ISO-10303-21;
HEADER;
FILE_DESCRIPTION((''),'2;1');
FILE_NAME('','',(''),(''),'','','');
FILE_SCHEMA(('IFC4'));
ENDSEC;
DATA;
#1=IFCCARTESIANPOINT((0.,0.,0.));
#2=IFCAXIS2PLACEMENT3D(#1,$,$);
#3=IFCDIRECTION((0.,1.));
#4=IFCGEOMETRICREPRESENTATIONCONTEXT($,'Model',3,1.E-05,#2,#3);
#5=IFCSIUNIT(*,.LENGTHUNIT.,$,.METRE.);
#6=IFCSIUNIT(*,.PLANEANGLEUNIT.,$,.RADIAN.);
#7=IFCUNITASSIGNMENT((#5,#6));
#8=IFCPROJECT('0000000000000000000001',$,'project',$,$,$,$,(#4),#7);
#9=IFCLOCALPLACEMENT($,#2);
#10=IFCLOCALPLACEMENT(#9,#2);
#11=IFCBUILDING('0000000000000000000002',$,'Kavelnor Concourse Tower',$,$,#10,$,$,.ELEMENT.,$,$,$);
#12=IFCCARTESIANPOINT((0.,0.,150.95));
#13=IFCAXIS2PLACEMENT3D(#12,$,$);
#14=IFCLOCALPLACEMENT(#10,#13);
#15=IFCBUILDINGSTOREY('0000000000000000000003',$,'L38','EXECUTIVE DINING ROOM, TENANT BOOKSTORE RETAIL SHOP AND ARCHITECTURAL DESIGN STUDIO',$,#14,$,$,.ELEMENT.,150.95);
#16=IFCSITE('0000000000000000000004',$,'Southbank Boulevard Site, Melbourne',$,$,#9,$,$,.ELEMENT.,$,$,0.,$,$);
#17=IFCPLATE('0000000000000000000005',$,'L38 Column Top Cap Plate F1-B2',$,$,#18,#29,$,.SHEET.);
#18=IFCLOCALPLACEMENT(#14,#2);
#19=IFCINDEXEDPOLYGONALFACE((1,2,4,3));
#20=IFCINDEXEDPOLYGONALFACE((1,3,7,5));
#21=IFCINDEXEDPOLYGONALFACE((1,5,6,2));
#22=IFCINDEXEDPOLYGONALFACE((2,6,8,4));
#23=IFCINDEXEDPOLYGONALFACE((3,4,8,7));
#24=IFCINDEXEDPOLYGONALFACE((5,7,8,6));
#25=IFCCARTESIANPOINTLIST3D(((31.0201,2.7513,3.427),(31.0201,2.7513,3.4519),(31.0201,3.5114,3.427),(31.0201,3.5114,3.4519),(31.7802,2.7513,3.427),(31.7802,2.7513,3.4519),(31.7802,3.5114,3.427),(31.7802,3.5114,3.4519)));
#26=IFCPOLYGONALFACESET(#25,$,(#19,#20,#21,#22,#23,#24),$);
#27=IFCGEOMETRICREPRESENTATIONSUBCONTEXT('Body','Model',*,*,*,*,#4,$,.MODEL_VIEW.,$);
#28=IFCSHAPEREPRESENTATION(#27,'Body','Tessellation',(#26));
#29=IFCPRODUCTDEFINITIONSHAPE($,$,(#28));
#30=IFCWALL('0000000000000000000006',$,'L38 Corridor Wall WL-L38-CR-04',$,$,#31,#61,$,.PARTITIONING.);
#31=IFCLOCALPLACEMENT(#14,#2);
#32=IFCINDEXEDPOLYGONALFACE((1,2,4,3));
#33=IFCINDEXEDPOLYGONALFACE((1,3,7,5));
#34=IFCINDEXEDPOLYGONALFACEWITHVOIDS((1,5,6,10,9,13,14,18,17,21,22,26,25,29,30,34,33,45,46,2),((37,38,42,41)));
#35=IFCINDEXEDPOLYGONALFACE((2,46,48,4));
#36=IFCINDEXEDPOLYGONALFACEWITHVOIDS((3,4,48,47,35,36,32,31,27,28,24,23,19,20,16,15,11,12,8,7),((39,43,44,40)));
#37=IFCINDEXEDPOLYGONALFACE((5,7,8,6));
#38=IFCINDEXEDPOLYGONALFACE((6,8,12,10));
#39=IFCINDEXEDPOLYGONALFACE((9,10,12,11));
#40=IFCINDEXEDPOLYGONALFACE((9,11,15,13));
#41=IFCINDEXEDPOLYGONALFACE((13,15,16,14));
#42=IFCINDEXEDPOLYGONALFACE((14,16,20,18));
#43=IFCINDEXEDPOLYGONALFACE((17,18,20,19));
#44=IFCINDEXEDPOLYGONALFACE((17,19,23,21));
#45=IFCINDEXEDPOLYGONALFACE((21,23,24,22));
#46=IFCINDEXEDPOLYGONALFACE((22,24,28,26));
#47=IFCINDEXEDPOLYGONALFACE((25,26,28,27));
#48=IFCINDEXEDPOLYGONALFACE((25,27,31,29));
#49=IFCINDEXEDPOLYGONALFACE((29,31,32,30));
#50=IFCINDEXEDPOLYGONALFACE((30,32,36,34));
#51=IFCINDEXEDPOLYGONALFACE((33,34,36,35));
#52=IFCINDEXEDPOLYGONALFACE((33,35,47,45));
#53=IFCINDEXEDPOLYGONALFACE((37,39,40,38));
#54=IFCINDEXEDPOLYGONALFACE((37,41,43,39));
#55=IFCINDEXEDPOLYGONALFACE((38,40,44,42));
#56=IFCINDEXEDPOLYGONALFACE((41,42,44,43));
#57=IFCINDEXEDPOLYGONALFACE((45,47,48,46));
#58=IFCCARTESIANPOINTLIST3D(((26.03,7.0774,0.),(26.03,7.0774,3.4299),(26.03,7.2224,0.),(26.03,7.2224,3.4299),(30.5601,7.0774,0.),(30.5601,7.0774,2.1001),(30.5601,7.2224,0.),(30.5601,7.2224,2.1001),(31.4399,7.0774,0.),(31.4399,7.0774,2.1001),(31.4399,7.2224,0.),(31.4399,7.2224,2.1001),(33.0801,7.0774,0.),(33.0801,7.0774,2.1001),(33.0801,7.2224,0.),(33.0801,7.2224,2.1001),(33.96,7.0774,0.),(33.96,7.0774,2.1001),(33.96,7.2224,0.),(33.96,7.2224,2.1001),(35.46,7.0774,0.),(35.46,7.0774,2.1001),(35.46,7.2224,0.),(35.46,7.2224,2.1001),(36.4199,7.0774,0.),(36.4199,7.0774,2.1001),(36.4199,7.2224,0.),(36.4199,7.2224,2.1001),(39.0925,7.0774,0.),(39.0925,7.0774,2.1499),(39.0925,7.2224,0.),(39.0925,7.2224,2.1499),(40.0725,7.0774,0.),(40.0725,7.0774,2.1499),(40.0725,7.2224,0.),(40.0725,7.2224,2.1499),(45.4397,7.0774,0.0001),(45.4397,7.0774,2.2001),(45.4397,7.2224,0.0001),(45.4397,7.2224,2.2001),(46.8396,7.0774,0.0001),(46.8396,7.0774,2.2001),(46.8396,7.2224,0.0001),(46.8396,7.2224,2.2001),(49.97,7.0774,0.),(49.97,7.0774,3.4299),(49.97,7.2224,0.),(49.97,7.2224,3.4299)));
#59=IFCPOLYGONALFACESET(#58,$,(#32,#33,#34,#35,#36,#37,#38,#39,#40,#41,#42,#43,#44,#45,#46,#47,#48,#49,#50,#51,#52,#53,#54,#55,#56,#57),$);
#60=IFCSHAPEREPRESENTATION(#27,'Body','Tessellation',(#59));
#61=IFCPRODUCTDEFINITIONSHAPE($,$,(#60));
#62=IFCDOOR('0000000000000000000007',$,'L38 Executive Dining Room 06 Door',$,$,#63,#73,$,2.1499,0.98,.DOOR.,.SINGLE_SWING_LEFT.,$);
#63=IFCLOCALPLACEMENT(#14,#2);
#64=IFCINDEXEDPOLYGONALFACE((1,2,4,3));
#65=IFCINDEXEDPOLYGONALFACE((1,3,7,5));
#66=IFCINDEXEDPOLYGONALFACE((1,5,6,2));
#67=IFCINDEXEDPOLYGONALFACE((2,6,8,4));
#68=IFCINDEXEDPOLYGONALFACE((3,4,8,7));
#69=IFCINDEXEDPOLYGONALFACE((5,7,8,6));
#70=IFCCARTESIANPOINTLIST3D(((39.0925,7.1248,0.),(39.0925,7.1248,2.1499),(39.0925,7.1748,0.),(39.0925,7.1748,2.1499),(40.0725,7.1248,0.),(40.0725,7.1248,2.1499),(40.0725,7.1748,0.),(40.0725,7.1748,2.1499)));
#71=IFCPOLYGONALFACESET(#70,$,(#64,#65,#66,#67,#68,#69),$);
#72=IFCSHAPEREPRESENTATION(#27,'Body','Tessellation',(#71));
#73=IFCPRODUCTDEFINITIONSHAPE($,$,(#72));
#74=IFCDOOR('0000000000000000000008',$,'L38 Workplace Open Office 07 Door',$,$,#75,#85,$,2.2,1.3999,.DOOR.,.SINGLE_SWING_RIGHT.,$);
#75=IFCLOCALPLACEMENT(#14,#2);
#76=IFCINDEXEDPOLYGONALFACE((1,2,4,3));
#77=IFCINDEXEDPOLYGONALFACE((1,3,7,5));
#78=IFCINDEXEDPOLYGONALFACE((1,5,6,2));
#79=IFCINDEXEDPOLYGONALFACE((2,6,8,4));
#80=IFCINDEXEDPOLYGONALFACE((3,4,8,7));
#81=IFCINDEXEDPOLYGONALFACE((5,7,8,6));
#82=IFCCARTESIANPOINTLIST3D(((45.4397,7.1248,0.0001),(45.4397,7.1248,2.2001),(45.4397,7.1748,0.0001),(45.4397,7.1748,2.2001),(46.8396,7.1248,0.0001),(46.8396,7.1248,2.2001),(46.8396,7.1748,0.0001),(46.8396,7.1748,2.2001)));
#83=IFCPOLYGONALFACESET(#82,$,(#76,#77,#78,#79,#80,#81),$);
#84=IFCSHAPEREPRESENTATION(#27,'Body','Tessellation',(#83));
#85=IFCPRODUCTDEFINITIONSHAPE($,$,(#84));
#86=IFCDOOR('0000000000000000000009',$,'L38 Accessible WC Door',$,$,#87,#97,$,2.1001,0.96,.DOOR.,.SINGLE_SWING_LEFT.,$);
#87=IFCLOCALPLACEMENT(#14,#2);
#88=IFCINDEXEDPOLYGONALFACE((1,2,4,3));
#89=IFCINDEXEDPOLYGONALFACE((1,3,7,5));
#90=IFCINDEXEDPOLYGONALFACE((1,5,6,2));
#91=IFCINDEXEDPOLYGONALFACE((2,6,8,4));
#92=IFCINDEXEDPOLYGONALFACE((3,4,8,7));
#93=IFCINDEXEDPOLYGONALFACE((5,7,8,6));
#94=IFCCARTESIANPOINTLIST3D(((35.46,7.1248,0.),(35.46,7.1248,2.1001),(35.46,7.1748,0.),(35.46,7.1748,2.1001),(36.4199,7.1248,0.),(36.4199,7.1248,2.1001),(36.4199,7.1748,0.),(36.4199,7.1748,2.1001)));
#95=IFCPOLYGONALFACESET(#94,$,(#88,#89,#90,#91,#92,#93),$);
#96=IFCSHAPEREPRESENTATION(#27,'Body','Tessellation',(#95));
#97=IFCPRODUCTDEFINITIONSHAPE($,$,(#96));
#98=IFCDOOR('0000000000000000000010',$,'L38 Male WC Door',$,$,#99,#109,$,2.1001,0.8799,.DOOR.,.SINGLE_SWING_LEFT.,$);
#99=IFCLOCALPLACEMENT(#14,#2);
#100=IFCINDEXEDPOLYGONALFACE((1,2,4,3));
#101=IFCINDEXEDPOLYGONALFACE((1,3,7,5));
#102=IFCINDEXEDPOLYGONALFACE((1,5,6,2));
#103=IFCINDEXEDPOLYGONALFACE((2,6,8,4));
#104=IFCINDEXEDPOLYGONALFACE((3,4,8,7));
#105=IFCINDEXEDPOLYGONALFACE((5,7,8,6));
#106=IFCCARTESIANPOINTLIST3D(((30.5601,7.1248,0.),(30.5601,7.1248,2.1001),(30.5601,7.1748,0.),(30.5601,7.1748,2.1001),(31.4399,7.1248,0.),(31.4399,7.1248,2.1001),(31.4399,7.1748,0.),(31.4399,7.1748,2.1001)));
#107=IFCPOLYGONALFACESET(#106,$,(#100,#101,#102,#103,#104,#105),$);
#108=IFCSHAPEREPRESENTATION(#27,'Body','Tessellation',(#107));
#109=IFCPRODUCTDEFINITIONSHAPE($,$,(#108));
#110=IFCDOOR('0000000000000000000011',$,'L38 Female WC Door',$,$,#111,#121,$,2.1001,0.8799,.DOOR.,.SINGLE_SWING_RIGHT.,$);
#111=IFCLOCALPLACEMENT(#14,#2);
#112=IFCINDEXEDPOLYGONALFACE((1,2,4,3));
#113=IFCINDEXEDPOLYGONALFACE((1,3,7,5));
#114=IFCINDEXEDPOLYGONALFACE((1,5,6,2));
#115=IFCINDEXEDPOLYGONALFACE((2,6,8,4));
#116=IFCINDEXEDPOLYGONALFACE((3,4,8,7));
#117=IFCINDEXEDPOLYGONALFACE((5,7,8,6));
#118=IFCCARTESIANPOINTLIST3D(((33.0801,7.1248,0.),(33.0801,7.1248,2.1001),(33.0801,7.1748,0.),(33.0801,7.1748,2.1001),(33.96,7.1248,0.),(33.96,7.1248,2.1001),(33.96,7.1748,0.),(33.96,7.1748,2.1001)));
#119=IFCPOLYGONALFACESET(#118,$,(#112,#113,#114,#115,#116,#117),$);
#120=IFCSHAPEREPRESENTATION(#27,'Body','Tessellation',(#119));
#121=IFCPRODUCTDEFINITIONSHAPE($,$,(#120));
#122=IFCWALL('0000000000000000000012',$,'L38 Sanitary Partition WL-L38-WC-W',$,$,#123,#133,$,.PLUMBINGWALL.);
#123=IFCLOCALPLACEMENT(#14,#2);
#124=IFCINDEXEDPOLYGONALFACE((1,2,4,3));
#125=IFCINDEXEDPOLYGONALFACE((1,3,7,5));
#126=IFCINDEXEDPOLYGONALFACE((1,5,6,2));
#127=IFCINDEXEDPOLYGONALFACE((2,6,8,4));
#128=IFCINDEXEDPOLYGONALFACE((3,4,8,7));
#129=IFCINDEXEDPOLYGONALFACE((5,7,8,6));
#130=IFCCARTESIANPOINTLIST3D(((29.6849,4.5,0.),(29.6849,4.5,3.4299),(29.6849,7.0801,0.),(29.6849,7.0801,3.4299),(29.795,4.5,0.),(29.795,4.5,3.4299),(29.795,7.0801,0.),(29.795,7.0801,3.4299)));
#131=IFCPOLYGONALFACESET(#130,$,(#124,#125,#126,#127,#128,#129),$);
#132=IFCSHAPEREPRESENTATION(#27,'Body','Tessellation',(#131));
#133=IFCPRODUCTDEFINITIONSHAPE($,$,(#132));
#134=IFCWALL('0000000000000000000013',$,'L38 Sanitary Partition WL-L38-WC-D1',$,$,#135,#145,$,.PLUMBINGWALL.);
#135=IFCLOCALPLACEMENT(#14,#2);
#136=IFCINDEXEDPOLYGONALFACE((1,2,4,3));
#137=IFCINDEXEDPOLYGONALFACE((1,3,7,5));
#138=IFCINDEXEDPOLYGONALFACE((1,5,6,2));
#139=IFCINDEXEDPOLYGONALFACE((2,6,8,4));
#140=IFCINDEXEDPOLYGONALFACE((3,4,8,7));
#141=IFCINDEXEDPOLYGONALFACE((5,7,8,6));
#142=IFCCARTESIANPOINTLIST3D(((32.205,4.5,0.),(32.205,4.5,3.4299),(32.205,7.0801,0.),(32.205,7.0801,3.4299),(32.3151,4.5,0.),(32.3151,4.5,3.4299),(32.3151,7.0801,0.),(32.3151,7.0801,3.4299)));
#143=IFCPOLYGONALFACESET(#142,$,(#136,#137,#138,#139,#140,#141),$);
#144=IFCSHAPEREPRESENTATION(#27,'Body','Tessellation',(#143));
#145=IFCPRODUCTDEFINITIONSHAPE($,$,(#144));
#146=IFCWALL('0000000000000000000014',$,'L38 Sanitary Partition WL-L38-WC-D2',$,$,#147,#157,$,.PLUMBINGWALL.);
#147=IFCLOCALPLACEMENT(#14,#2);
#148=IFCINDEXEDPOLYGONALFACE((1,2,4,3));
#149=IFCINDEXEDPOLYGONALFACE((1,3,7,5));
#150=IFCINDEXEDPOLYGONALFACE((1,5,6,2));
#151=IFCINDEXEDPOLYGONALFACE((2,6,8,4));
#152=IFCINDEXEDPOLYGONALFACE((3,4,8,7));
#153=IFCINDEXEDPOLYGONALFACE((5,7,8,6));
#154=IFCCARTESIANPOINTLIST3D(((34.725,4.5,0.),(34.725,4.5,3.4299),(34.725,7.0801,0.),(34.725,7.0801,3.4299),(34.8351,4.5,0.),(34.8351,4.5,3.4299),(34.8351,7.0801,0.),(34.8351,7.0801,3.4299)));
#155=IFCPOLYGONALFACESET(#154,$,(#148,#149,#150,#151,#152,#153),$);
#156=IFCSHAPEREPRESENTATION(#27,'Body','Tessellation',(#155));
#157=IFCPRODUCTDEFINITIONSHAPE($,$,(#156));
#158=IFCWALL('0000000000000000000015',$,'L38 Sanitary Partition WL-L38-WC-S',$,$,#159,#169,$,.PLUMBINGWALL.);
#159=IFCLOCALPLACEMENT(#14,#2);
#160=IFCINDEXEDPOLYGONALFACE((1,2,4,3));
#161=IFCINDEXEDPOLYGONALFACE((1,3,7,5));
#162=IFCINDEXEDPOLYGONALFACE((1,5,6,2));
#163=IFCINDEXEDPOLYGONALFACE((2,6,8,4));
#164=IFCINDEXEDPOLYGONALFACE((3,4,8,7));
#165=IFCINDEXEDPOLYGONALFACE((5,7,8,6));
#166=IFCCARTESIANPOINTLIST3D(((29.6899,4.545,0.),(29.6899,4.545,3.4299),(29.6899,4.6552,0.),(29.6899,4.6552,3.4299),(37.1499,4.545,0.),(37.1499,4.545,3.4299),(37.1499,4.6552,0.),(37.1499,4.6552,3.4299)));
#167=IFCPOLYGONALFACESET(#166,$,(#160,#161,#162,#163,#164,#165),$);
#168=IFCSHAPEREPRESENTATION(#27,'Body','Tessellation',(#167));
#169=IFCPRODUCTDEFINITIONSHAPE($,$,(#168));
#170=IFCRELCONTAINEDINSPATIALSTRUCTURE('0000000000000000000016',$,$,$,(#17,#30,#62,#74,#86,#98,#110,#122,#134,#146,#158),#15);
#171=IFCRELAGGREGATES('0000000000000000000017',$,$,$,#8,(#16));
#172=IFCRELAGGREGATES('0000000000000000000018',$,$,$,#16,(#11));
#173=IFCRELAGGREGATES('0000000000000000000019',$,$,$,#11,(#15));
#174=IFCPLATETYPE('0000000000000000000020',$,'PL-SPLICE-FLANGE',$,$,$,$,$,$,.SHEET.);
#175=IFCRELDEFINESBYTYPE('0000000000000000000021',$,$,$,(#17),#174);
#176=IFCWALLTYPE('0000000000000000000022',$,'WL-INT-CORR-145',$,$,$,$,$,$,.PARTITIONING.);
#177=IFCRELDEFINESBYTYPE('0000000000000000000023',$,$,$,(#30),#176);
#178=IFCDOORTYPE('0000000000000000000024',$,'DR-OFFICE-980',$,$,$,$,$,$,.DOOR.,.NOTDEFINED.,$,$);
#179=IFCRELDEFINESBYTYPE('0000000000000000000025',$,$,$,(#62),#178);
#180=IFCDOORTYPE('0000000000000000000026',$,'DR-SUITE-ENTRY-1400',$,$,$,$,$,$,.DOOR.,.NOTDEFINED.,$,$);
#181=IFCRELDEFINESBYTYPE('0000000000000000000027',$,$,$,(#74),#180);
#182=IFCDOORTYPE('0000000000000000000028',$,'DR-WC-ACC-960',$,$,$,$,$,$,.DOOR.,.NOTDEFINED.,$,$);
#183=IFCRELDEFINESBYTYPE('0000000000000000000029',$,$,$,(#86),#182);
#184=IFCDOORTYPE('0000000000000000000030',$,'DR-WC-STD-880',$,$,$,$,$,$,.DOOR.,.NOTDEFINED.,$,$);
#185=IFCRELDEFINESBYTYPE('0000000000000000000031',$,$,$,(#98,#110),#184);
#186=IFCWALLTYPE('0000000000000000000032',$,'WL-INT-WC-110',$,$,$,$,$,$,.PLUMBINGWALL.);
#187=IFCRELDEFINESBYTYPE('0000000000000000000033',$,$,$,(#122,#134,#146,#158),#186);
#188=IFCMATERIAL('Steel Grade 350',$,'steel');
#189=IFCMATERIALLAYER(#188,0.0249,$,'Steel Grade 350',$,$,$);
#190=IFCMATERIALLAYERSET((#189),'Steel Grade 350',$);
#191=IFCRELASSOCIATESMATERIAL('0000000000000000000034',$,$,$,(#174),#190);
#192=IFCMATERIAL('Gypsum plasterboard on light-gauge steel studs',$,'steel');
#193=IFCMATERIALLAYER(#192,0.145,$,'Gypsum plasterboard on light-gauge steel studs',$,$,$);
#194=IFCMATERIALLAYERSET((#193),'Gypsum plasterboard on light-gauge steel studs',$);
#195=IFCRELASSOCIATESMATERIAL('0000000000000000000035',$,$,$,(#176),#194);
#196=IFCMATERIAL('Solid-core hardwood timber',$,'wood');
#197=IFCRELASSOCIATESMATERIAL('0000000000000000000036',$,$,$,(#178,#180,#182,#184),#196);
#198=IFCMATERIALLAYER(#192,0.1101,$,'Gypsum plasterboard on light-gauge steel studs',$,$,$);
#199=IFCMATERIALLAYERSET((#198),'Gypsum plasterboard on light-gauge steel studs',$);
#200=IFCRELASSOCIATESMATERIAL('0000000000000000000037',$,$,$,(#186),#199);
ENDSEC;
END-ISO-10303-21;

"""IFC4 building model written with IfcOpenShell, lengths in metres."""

from ifc_helpers import new_model, si_unit, direction, frame, frame_2d, origin, origin_2d, place, context, subcontext, project, spatial, rectangle, extrude, material, layer, layer_set, type_object, element, fill, save


model = new_model("IFC4")

# Units and contexts
model_context = context("Model", 3, precision=1e-05, world=origin(), true_north=direction((0.0, 1.0)))
body_context = subcontext(model_context, "Body", "Model", "MODEL_VIEW")
ifc_project = project(units=[si_unit("LENGTHUNIT", "METRE"), si_unit("PLANEANGLEUNIT", "RADIAN")], contexts=[model_context])

# Site, building, storey
site_placement = place(None, origin())
site = spatial("IfcSite", under=ifc_project, at=site_placement, Name="Southbank Boulevard Site, Melbourne", CompositionType="ELEMENT", RefElevation=0.0)
building_placement = place(site_placement, origin())
building = spatial("IfcBuilding", under=site, at=building_placement, Name="Kavelnor Concourse Tower", CompositionType="ELEMENT")
storey_placement = place(building_placement, frame((0.0, 0.0, 150.95)))
storey = spatial("IfcBuildingStorey", under=building, at=storey_placement, Name="L38", Description="EXECUTIVE DINING ROOM, TENANT BOOKSTORE RETAIL SHOP AND ARCHITECTURAL DESIGN STUDIO", CompositionType="ELEMENT", Elevation=150.95)

# Shared definitions
ifc_material_1 = material(Name="Steel Grade 350", Category="steel")

# Plate
ifc_layer_1 = layer(ifc_material_1, 0.0249, Name="Steel Grade 350")
ifc_layer_set_1 = layer_set([ifc_layer_1], Name="Steel Grade 350")
plate_type = type_object("IfcPlateType", Name="PL-SPLICE-FLANGE", PredefinedType="SHEET", material=ifc_layer_set_1)
plate_placement = place(storey_placement, frame((31.4001, 3.1313, 3.427), z_axis=(0.0, 0.0, 1.0), x_axis=(1.0, 0.0, 0.0)))
element("IfcPlate", 1, at=plate_placement, inside=storey, type_object=plate_type, Name="L38 Column Top Cap Plate F1-B2", PredefinedType="SHEET", context=body_context, shape_type="SweptSolid", body=[
    extrude(rectangle(XDim=0.76, YDim=0.76, at=origin_2d()), origin(), (0.0, 0.0, 1.0), 0.0249),
])

# Wall, openings, doors
ifc_material_2 = material(Name="Gypsum plasterboard on light-gauge steel studs", Category="steel")
ifc_layer_2 = layer(ifc_material_2, 0.145, Name="Gypsum plasterboard on light-gauge steel studs")
ifc_layer_set_2 = layer_set([ifc_layer_2], Name="Gypsum plasterboard on light-gauge steel studs")
wall_type_1 = type_object("IfcWallType", Name="WL-INT-CORR-145", PredefinedType="PARTITIONING", material=ifc_layer_set_2)
wall_1_placement = place(storey_placement, frame((26.03, 7.1499, 0.0), z_axis=(0.0, 0.0, 1.0), x_axis=(1.0, 0.0, 0.0)))
wall_1 = element("IfcWall", 2, at=wall_1_placement, inside=storey, type_object=wall_type_1, Name="L38 Corridor Wall WL-L38-CR-04", PredefinedType="PARTITIONING", context=body_context, shape_type="SweptSolid", body=[
    extrude(rectangle(XDim=23.9399, YDim=0.145, at=frame_2d((11.97, 0.0))), origin(), (0.0, 0.0, 1.0), 3.4299),
])
opening_1_placement = place(wall_1_placement, frame((4.53, 0.0, 0.0)))
opening_1 = element("IfcOpeningElement", 3, at=opening_1_placement, cuts=wall_1, PredefinedType="OPENING", context=body_context, shape_type="SweptSolid", body=[
    extrude(rectangle(XDim=0.8799, YDim=2.1001, at=frame_2d((0.4399, 1.05))), frame((0.0, 0.0825, 0.0), z_axis=(0.0, -1.0, 0.0), x_axis=(1.0, 0.0, 0.0)), (0.0, 0.0, 1.0), 0.165),
])
opening_2_placement = place(wall_1_placement, frame((7.05, 0.0, 0.0)))
opening_2 = element("IfcOpeningElement", 4, at=opening_2_placement, cuts=wall_1, PredefinedType="OPENING", context=body_context, shape_type="SweptSolid", body=[
    extrude(rectangle(XDim=0.8799, YDim=2.1001, at=frame_2d((0.4399, 1.05))), frame((0.0, 0.0825, 0.0), z_axis=(0.0, -1.0, 0.0), x_axis=(1.0, 0.0, 0.0)), (0.0, 0.0, 1.0), 0.165),
])
opening_3_placement = place(wall_1_placement, frame((9.4299, 0.0, 0.0)))
opening_3 = element("IfcOpeningElement", 5, at=opening_3_placement, cuts=wall_1, PredefinedType="OPENING", context=body_context, shape_type="SweptSolid", body=[
    extrude(rectangle(XDim=0.96, YDim=2.1001, at=frame_2d((0.48, 1.05))), frame((0.0, 0.0825, 0.0), z_axis=(0.0, -1.0, 0.0), x_axis=(1.0, 0.0, 0.0)), (0.0, 0.0, 1.0), 0.165),
])
opening_4_placement = place(wall_1_placement, frame((13.0625, 0.0, 0.0)))
opening_4 = element("IfcOpeningElement", 6, at=opening_4_placement, cuts=wall_1, PredefinedType="OPENING", context=body_context, shape_type="SweptSolid", body=[
    extrude(rectangle(XDim=0.98, YDim=2.1499, at=frame_2d((0.49, 1.075))), frame((0.0, 0.0825, 0.0), z_axis=(0.0, -1.0, 0.0), x_axis=(1.0, 0.0, 0.0)), (0.0, 0.0, 1.0), 0.165),
])
opening_5_placement = place(wall_1_placement, frame((19.4097, 0.0, 0.0)))
opening_5 = element("IfcOpeningElement", 7, at=opening_5_placement, cuts=wall_1, PredefinedType="OPENING", context=body_context, shape_type="SweptSolid", body=[
    extrude(rectangle(XDim=1.3999, YDim=2.2, at=frame_2d((0.7, 1.1001))), frame((0.0, 0.0825, 0.0), z_axis=(0.0, -1.0, 0.0), x_axis=(1.0, 0.0, 0.0)), (0.0, 0.0, 1.0), 0.165),
])
ifc_material_3 = material(Name="Solid-core hardwood timber", Category="wood")
door_type_1 = type_object("IfcDoorType", Name="DR-OFFICE-980", OperationType="NOTDEFINED", PredefinedType="DOOR", material=ifc_material_3)
door_1_placement = place(opening_4_placement, origin())
door_1 = element("IfcDoor", 8, at=door_1_placement, inside=storey, type_object=door_type_1, Name="L38 Executive Dining Room 06 Door", OperationType="SINGLE_SWING_LEFT", OverallHeight=2.1499, OverallWidth=0.98, PredefinedType="DOOR", context=body_context, shape_type="SweptSolid", body=[
    extrude(rectangle(XDim=0.98, YDim=2.1499, at=frame_2d((0.49, 1.075))), frame((0.0, 0.0249, 0.0), z_axis=(0.0, -1.0, 0.0), x_axis=(1.0, 0.0, 0.0)), (0.0, 0.0, 1.0), 0.05),
])
fill(opening_4, door_1)
door_type_2 = type_object("IfcDoorType", Name="DR-SUITE-ENTRY-1400", OperationType="NOTDEFINED", PredefinedType="DOOR", material=ifc_material_3)
door_2_placement = place(opening_5_placement, origin())
door_2 = element("IfcDoor", 9, at=door_2_placement, inside=storey, type_object=door_type_2, Name="L38 Workplace Open Office 07 Door", OperationType="SINGLE_SWING_RIGHT", OverallHeight=2.2, OverallWidth=1.3999, PredefinedType="DOOR", context=body_context, shape_type="SweptSolid", body=[
    extrude(rectangle(XDim=1.3999, YDim=2.2, at=frame_2d((0.7, 1.1001))), frame((0.0, 0.0249, 0.0), z_axis=(0.0, -1.0, 0.0), x_axis=(1.0, 0.0, 0.0)), (0.0, 0.0, 1.0), 0.05),
])
fill(opening_5, door_2)
door_type_3 = type_object("IfcDoorType", Name="DR-WC-ACC-960", OperationType="NOTDEFINED", PredefinedType="DOOR", material=ifc_material_3)
door_3_placement = place(opening_3_placement, origin())
door_3 = element("IfcDoor", 10, at=door_3_placement, inside=storey, type_object=door_type_3, Name="L38 Accessible WC Door", OperationType="SINGLE_SWING_LEFT", OverallHeight=2.1001, OverallWidth=0.96, PredefinedType="DOOR", context=body_context, shape_type="SweptSolid", body=[
    extrude(rectangle(XDim=0.96, YDim=2.1001, at=frame_2d((0.48, 1.05))), frame((0.0, 0.0249, 0.0), z_axis=(0.0, -1.0, 0.0), x_axis=(1.0, 0.0, 0.0)), (0.0, 0.0, 1.0), 0.05),
])
fill(opening_3, door_3)
door_type_4 = type_object("IfcDoorType", Name="DR-WC-STD-880", OperationType="NOTDEFINED", PredefinedType="DOOR", material=ifc_material_3)
door_4_placement = place(opening_1_placement, origin())
door_4 = element("IfcDoor", 11, at=door_4_placement, inside=storey, type_object=door_type_4, Name="L38 Male WC Door", OperationType="SINGLE_SWING_LEFT", OverallHeight=2.1001, OverallWidth=0.8799, PredefinedType="DOOR", context=body_context, shape_type="SweptSolid", body=[
    extrude(rectangle(XDim=0.8799, YDim=2.1001, at=frame_2d((0.4399, 1.05))), frame((0.0, 0.0249, 0.0), z_axis=(0.0, -1.0, 0.0), x_axis=(1.0, 0.0, 0.0)), (0.0, 0.0, 1.0), 0.05),
])
fill(opening_1, door_4)
door_5_placement = place(opening_2_placement, origin())
door_5 = element("IfcDoor", 12, at=door_5_placement, inside=storey, type_object=door_type_4, Name="L38 Female WC Door", OperationType="SINGLE_SWING_RIGHT", OverallHeight=2.1001, OverallWidth=0.8799, PredefinedType="DOOR", context=body_context, shape_type="SweptSolid", body=[
    extrude(rectangle(XDim=0.8799, YDim=2.1001, at=frame_2d((0.4399, 1.05))), frame((0.0, 0.0249, 0.0), z_axis=(0.0, -1.0, 0.0), x_axis=(1.0, 0.0, 0.0)), (0.0, 0.0, 1.0), 0.05),
])
fill(opening_2, door_5)

# Walls
ifc_layer_3 = layer(ifc_material_2, 0.1101, Name="Gypsum plasterboard on light-gauge steel studs")
ifc_layer_set_3 = layer_set([ifc_layer_3], Name="Gypsum plasterboard on light-gauge steel studs")
wall_type_2 = type_object("IfcWallType", Name="WL-INT-WC-110", PredefinedType="PLUMBINGWALL", material=ifc_layer_set_3)
for number, where, z_axis, x_axis, name in (
    (13, (29.74, 4.5, 0.0), (0.0, 0.0, 1.0), (0.0, 1.0, 0.0), "L38 Sanitary Partition WL-L38-WC-W"),
    (14, (32.26, 4.5, 0.0), (0.0, 0.0, 1.0), (0.0, 1.0, 0.0), "L38 Sanitary Partition WL-L38-WC-D1"),
    (15, (34.78, 4.5, 0.0), (0.0, 0.0, 1.0), (0.0, 1.0, 0.0), "L38 Sanitary Partition WL-L38-WC-D2"),
):
    element("IfcWall", number, at=place(storey_placement, frame(where, z_axis=z_axis, x_axis=x_axis)), inside=storey, type_object=wall_type_2, Name=name, PredefinedType="PLUMBINGWALL", context=body_context, shape_type="SweptSolid", body=[
        extrude(rectangle(XDim=2.5801, YDim=0.1101, at=frame_2d((1.29, 0.0))), origin(), (0.0, 0.0, 1.0), 3.4299),
    ])
wall_2_placement = place(storey_placement, frame((29.6899, 4.6001, 0.0), z_axis=(0.0, 0.0, 1.0), x_axis=(1.0, 0.0, 0.0)))
element("IfcWall", 16, at=wall_2_placement, inside=storey, type_object=wall_type_2, Name="L38 Sanitary Partition WL-L38-WC-S", PredefinedType="PLUMBINGWALL", context=body_context, shape_type="SweptSolid", body=[
    extrude(rectangle(XDim=7.46, YDim=0.1101, at=frame_2d((3.73, 0.0))), origin(), (0.0, 0.0, 1.0), 3.4299),
])

save(model, "model.ifc")
